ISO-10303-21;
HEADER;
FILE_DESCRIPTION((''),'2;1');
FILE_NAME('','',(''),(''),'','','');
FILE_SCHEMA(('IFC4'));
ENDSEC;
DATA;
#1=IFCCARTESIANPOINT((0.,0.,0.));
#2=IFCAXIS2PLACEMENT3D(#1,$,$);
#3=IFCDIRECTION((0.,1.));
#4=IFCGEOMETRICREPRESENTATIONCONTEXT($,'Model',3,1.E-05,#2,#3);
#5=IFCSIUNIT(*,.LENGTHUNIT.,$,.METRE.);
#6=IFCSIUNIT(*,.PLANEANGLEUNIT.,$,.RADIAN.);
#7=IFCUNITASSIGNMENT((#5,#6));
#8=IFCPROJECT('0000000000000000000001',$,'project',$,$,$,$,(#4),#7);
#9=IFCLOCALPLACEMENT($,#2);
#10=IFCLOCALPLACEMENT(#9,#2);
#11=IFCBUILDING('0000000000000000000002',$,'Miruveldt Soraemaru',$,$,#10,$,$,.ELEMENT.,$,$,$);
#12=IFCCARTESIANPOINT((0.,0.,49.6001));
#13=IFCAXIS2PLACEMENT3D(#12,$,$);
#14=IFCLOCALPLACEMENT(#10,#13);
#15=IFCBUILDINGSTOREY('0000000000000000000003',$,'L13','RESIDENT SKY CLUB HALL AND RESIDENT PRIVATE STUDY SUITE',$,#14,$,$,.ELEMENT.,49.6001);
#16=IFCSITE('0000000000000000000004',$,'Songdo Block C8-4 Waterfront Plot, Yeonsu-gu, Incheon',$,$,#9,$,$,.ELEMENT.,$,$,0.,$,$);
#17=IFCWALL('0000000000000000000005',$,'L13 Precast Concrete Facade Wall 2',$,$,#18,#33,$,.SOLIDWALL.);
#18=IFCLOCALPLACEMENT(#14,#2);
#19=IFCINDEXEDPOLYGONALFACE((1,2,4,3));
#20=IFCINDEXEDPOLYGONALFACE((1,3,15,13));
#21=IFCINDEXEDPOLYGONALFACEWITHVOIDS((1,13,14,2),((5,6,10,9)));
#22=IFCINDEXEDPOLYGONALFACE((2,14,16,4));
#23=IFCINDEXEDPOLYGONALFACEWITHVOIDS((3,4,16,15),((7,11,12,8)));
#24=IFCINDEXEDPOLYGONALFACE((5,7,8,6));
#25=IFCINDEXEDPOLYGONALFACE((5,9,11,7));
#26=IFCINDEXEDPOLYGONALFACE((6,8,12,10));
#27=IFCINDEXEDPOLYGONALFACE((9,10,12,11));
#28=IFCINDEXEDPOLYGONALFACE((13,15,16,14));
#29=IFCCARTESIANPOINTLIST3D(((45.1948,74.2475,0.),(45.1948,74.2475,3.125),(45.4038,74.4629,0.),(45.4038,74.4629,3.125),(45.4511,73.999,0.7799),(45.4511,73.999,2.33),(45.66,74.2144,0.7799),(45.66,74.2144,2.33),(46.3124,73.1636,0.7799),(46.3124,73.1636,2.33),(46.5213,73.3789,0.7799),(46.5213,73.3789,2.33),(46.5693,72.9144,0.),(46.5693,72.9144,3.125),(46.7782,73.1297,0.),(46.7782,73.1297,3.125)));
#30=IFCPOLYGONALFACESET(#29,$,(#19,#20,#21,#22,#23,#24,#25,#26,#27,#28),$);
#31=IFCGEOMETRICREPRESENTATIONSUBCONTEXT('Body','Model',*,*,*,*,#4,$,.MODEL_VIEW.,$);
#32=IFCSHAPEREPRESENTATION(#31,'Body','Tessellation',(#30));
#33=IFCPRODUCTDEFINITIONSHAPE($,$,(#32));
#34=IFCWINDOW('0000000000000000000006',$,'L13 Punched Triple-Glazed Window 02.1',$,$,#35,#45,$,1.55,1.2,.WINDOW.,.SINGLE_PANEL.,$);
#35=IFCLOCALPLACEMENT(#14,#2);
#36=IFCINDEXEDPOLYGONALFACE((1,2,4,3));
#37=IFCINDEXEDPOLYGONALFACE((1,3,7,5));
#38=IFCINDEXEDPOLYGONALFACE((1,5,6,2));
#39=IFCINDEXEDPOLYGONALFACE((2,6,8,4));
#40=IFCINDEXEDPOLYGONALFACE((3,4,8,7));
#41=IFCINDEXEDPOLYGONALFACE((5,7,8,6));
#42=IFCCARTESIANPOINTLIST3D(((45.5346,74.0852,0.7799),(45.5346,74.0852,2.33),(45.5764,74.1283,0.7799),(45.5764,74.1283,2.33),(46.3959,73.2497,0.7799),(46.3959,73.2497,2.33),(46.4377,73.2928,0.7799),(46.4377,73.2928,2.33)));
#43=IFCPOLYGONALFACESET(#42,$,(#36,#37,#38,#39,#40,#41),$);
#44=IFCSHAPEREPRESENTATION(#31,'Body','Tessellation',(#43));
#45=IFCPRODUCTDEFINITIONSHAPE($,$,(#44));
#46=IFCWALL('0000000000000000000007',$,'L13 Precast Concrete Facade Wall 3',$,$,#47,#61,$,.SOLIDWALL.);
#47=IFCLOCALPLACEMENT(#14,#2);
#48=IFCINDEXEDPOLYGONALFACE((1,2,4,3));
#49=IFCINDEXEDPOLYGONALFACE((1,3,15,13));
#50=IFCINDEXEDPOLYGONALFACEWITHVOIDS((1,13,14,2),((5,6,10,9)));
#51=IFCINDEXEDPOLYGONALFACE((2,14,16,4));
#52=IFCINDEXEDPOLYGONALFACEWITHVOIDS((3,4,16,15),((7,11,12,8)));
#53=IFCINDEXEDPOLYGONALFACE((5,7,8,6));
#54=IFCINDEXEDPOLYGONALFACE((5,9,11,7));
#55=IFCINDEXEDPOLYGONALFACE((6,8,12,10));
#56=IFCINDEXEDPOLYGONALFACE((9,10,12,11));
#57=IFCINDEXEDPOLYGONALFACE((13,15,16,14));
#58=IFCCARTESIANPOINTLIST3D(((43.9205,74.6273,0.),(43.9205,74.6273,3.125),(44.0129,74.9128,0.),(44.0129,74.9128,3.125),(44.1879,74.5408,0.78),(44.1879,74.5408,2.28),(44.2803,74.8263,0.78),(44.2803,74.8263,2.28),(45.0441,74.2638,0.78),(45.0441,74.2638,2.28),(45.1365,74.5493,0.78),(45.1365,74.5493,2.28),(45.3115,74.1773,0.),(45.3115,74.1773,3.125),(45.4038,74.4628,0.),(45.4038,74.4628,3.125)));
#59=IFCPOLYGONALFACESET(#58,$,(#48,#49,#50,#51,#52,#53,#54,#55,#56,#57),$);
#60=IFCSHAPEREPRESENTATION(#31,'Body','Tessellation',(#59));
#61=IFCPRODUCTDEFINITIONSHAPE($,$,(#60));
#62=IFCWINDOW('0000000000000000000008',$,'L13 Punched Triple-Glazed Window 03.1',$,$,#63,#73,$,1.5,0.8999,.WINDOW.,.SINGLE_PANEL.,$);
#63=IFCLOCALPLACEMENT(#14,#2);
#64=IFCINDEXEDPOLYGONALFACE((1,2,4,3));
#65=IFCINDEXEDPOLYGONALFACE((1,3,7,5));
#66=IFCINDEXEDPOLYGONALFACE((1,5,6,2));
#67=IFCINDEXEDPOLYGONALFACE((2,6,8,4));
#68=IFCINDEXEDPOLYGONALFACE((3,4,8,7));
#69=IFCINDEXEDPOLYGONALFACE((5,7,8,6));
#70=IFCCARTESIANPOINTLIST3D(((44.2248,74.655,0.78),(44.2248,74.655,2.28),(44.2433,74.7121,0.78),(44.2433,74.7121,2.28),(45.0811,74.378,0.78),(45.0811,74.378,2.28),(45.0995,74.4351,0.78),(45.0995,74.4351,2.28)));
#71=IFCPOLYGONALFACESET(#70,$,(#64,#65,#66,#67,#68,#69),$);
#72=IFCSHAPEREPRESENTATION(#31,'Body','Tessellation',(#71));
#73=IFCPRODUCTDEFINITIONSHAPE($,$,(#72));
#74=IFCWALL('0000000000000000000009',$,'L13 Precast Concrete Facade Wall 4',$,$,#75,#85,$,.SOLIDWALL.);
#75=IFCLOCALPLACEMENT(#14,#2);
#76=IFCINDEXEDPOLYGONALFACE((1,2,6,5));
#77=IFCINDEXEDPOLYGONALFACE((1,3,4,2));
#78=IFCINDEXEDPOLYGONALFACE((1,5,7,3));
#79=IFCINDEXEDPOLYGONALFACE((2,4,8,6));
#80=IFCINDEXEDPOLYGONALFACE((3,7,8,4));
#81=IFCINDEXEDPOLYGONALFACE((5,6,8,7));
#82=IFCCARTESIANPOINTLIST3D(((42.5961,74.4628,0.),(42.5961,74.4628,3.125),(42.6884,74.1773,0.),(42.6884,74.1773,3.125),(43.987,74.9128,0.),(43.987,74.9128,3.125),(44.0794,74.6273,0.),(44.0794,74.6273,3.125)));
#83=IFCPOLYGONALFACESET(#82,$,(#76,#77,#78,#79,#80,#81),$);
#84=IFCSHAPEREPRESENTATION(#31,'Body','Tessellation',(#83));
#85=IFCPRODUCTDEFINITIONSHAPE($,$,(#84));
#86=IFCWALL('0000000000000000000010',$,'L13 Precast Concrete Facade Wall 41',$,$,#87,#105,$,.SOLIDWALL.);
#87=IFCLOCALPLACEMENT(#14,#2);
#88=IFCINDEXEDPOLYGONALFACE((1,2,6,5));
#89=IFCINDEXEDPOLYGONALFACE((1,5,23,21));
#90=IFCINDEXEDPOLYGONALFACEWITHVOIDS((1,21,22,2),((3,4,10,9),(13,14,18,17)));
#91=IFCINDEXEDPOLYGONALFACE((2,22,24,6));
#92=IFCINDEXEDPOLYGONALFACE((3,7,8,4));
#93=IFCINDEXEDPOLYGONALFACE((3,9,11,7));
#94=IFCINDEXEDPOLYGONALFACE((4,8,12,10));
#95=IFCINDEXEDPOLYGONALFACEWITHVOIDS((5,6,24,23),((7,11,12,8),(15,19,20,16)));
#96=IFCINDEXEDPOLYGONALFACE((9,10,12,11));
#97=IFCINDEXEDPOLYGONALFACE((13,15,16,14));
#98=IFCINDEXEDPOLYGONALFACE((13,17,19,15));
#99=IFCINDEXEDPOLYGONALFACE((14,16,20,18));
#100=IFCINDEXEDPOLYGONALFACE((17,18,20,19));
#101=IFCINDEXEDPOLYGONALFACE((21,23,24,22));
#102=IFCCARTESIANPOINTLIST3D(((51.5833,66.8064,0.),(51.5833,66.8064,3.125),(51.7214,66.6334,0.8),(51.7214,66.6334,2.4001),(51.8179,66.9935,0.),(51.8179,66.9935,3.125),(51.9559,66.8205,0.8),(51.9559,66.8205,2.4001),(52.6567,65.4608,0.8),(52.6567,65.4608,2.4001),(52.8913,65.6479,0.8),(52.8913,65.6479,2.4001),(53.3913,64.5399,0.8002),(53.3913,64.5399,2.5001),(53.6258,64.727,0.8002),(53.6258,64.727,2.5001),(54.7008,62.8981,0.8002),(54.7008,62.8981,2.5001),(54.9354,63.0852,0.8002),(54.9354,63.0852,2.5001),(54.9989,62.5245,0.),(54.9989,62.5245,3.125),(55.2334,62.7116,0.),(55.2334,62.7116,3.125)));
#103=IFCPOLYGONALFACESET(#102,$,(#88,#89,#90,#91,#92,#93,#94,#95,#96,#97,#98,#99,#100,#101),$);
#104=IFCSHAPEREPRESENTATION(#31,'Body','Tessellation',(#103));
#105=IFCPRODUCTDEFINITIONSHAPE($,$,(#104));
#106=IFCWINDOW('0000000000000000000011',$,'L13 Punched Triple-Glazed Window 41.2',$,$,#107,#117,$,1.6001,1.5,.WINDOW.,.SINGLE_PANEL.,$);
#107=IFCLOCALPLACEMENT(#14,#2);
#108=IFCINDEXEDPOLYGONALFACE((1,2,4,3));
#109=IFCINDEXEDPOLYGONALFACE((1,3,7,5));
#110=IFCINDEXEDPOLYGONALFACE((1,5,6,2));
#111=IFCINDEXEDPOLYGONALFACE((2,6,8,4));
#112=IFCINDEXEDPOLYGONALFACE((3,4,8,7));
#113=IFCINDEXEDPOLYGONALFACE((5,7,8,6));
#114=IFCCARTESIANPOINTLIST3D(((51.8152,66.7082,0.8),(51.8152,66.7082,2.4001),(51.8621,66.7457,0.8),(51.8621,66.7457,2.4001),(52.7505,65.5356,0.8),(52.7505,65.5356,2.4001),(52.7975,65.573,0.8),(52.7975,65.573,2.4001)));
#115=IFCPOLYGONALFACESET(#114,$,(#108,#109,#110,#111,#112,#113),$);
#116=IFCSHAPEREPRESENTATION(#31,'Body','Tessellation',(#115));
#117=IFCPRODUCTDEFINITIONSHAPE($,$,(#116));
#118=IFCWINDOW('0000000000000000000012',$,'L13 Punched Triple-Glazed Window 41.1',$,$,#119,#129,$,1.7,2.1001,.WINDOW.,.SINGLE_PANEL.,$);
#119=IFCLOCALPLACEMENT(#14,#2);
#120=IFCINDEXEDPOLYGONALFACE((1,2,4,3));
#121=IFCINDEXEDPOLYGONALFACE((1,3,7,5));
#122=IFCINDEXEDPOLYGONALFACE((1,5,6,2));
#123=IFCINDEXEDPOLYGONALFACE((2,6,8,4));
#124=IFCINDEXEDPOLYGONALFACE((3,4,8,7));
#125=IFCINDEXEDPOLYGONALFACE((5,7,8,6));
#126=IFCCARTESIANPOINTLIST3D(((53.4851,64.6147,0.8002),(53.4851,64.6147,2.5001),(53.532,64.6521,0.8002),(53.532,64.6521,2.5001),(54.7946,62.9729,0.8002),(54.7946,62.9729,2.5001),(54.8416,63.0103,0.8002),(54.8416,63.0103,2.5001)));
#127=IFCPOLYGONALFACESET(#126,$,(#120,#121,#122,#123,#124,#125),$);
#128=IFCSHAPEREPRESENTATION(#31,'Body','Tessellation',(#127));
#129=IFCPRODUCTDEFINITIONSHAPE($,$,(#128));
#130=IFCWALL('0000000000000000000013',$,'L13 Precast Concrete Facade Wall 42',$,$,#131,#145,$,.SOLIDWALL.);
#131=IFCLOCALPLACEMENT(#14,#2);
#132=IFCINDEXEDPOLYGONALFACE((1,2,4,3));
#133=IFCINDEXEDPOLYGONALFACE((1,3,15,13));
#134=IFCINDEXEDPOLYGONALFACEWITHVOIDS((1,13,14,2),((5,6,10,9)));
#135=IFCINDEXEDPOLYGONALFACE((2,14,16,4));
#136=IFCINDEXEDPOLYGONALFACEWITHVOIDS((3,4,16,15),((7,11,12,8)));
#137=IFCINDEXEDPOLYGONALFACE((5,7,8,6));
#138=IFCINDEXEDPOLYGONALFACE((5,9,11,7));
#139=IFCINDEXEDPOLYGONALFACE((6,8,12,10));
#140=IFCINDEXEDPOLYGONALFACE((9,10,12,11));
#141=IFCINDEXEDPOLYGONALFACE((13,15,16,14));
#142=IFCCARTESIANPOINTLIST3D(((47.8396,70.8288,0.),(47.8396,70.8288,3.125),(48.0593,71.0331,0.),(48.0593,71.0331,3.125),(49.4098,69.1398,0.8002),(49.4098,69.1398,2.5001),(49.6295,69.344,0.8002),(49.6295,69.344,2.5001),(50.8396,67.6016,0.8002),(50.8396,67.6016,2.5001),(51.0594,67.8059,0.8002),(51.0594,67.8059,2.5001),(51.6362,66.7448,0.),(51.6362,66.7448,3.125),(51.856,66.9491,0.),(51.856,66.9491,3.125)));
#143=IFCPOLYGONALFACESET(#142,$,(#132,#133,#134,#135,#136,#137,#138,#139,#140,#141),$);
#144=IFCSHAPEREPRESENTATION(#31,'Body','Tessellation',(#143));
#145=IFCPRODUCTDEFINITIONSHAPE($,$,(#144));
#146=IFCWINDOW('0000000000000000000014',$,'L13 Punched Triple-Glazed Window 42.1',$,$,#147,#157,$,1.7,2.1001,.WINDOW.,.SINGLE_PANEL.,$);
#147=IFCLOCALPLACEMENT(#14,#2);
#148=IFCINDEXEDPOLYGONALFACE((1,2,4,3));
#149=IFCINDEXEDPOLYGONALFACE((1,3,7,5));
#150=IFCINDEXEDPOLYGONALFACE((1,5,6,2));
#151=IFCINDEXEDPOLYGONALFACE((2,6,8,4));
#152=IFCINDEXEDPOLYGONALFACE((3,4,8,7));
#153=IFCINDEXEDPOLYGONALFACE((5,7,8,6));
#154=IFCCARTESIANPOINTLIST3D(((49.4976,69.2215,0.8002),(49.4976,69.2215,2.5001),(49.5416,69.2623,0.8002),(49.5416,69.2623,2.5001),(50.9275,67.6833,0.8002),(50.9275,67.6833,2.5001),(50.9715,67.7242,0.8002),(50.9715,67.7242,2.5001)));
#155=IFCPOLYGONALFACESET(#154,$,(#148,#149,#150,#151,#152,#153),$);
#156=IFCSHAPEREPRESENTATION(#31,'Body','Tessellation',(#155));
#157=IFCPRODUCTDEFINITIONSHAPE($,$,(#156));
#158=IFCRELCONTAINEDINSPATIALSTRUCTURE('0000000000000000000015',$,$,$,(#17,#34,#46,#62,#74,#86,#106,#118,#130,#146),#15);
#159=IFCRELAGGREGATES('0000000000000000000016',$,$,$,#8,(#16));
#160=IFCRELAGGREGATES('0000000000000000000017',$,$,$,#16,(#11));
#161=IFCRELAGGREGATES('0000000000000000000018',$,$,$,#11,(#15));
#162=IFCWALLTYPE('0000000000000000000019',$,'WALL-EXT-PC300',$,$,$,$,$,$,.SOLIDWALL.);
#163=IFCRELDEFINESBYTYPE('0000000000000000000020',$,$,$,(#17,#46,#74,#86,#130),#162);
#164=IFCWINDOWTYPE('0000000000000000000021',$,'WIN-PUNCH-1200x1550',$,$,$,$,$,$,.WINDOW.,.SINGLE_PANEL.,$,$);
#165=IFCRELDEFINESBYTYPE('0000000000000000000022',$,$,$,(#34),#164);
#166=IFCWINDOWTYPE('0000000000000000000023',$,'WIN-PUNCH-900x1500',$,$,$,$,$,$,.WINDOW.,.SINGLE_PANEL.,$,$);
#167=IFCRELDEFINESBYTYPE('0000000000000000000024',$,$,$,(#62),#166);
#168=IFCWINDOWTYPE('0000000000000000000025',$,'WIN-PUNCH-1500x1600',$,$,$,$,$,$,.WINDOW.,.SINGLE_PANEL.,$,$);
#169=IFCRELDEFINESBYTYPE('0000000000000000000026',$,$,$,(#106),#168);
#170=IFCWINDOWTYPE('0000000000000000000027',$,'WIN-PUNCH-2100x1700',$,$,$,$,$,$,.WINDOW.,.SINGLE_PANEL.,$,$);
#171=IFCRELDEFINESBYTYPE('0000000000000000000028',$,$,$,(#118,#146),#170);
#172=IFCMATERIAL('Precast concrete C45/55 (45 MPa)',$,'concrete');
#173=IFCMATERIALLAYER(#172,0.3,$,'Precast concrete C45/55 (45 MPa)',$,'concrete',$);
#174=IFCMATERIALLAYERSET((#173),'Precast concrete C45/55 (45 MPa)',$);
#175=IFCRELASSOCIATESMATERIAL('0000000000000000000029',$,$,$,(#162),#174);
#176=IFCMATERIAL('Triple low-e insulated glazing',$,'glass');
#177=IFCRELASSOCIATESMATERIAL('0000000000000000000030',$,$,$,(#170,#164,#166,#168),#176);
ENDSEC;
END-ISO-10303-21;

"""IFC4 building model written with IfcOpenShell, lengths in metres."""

from ifc_helpers import new_model, si_unit, direction, frame, frame_2d, origin, place, context, subcontext, project, spatial, rectangle, extrude, material, layer, layer_set, type_object, element, fill, save


model = new_model("IFC4")

# Units and contexts
model_context = context("Model", 3, precision=1e-05, world=origin(), true_north=direction((0.0, 1.0)))
body_context = subcontext(model_context, "Body", "Model", "MODEL_VIEW")
ifc_project = project(units=[si_unit("LENGTHUNIT", "METRE"), si_unit("PLANEANGLEUNIT", "RADIAN")], contexts=[model_context])

# Site, building, storey
site_placement = place(None, origin())
site = spatial("IfcSite", under=ifc_project, at=site_placement, Name="Songdo Block C8-4 Waterfront Plot, Yeonsu-gu, Incheon", CompositionType="ELEMENT", RefElevation=0.0)
building_placement = place(site_placement, origin())
building = spatial("IfcBuilding", under=site, at=building_placement, Name="Miruveldt Soraemaru", CompositionType="ELEMENT")
storey_placement = place(building_placement, frame((0.0, 0.0, 49.6001)))
storey = spatial("IfcBuildingStorey", under=building, at=storey_placement, Name="L13", Description="RESIDENT SKY CLUB HALL AND RESIDENT PRIVATE STUDY SUITE", CompositionType="ELEMENT", Elevation=49.6001)

# Walls, openings, windows
ifc_material_1 = material(Name="Precast concrete C45/55 (45 MPa)", Category="concrete")
ifc_layer_1 = layer(ifc_material_1, 0.3, Name="Precast concrete C45/55 (45 MPa)", Category="concrete")
ifc_layer_set_1 = layer_set([ifc_layer_1], Name="Precast concrete C45/55 (45 MPa)")
wall_type_1 = type_object("IfcWallType", Name="WALL-EXT-PC300", PredefinedType="SOLIDWALL", material=ifc_layer_set_1)
ifc_material_2 = material(Name="Triple low-e insulated glazing", Category="glass")
window_type_1 = type_object("IfcWindowType", Name="WIN-PUNCH-2100x1700", PartitioningType="SINGLE_PANEL", PredefinedType="WINDOW", material=ifc_material_2)
wall_1_placement = place(storey_placement, frame((46.6738, 73.022, 0.0), z_axis=(0.0, 0.0, 1.0), x_axis=(-0.717798, 0.696251, 0.0)))
wall_1 = element("IfcWall", 1, at=wall_1_placement, inside=storey, type_object=wall_type_1, Name="L13 Precast Concrete Facade Wall 2", PredefinedType="SOLIDWALL", context=body_context, shape_type="SweptSolid", body=[
    extrude(rectangle(XDim=1.9148, YDim=0.3, at=frame_2d((0.9575, 0.0))), origin(), (0.0, 0.0, 1.0), 3.125),
])
opening_1_placement = place(wall_1_placement, frame((0.3579, 0.0, 0.78)))
opening_1 = element("IfcOpeningElement", 2, at=opening_1_placement, cuts=wall_1, PredefinedType="OPENING", context=body_context, shape_type="SweptSolid", body=[
    extrude(rectangle(XDim=1.2, YDim=1.55, at=frame_2d((0.6001, 0.7749))), frame((0.0, 0.1602, 0.0), z_axis=(0.0, -1.0, 0.0), x_axis=(1.0, 0.0, 0.0)), (0.0, 0.0, 1.0), 0.3201),
])
window_type_2 = type_object("IfcWindowType", Name="WIN-PUNCH-1200x1550", PartitioningType="SINGLE_PANEL", PredefinedType="WINDOW", material=ifc_material_2)
window_1_placement = place(opening_1_placement, origin())
window_1 = element("IfcWindow", 3, at=window_1_placement, inside=storey, type_object=window_type_2, Name="L13 Punched Triple-Glazed Window 02.1", OverallHeight=1.55, OverallWidth=1.2, PartitioningType="SINGLE_PANEL", PredefinedType="WINDOW", context=body_context, shape_type="SweptSolid", body=[
    extrude(rectangle(XDim=1.2, YDim=1.55, at=frame_2d((0.6001, 0.7749))), frame((0.0, 0.03, 0.0), z_axis=(0.0, -1.0, 0.0), x_axis=(1.0, 0.0, 0.0)), (0.0, 0.0, 1.0), 0.0601),
])
fill(opening_1, window_1)
wall_2_placement = place(storey_placement, frame((45.3577, 74.3201, 0.0), z_axis=(0.0, 0.0, 1.0), x_axis=(-0.951452, 0.307798, 0.0)))
wall_2 = element("IfcWall", 4, at=wall_2_placement, inside=storey, type_object=wall_type_1, Name="L13 Precast Concrete Facade Wall 3", PredefinedType="SOLIDWALL", context=body_context, shape_type="SweptSolid", body=[
    extrude(rectangle(XDim=1.4619, YDim=0.3, at=frame_2d((0.731, 0.0))), origin(), (0.0, 0.0, 1.0), 3.125),
])
opening_2_placement = place(wall_2_placement, frame((0.281, 0.0, 0.78)))
opening_2 = element("IfcOpeningElement", 5, at=opening_2_placement, cuts=wall_2, PredefinedType="OPENING", context=body_context, shape_type="SweptSolid", body=[
    extrude(rectangle(XDim=0.8999, YDim=1.5, at=frame_2d((0.45, 0.75))), frame((0.0, 0.1602, 0.0), z_axis=(0.0, -1.0, 0.0), x_axis=(1.0, 0.0, 0.0)), (0.0, 0.0, 1.0), 0.3201),
])
window_type_3 = type_object("IfcWindowType", Name="WIN-PUNCH-900x1500", PartitioningType="SINGLE_PANEL", PredefinedType="WINDOW", material=ifc_material_2)
window_2_placement = place(opening_2_placement, origin())
window_2 = element("IfcWindow", 6, at=window_2_placement, inside=storey, type_object=window_type_3, Name="L13 Punched Triple-Glazed Window 03.1", OverallHeight=1.5, OverallWidth=0.8999, PartitioningType="SINGLE_PANEL", PredefinedType="WINDOW", context=body_context, shape_type="SweptSolid", body=[
    extrude(rectangle(XDim=0.8999, YDim=1.5, at=frame_2d((0.45, 0.75))), frame((0.0, 0.03, 0.0), z_axis=(0.0, -1.0, 0.0), x_axis=(1.0, 0.0, 0.0)), (0.0, 0.0, 1.0), 0.0601),
])
fill(opening_2, window_2)

# Wall
wall_3_placement = place(storey_placement, frame((44.0332, 74.77, 0.0), z_axis=(0.0, 0.0, 1.0), x_axis=(-0.951452, -0.307798, 0.0)))
element("IfcWall", 7, at=wall_3_placement, inside=storey, type_object=wall_type_1, Name="L13 Precast Concrete Facade Wall 4", PredefinedType="SOLIDWALL", context=body_context, shape_type="SweptSolid", body=[
    extrude(rectangle(XDim=1.4619, YDim=0.3, at=frame_2d((0.731, 0.0))), origin(), (0.0, 0.0, 1.0), 3.125),
])

# Wall, openings, windows
wall_4_placement = place(storey_placement, frame((55.1162, 62.6179, 0.0), z_axis=(0.0, 0.0, 1.0), x_axis=(-0.623575, 0.781764, 0.0)))
wall_4 = element("IfcWall", 8, at=wall_4_placement, inside=storey, type_object=wall_type_1, Name="L13 Precast Concrete Facade Wall 41", PredefinedType="SOLIDWALL", context=body_context, shape_type="SweptSolid", body=[
    extrude(rectangle(XDim=5.4773, YDim=0.3, at=frame_2d((2.7388, 0.0))), origin(), (0.0, 0.0, 1.0), 3.125),
])
opening_3_placement = place(wall_4_placement, frame((0.478, 0.0, 0.8)))
opening_3 = element("IfcOpeningElement", 9, at=opening_3_placement, cuts=wall_4, PredefinedType="OPENING", context=body_context, shape_type="SweptSolid", body=[
    extrude(rectangle(XDim=2.1001, YDim=1.7, at=frame_2d((1.05, 0.8501))), frame((0.0, 0.1602, 0.0), z_axis=(0.0, -1.0, 0.0), x_axis=(1.0, 0.0, 0.0)), (0.0, 0.0, 1.0), 0.3201),
])
opening_4_placement = place(wall_4_placement, frame((3.7561, 0.0, 0.8)))
opening_4 = element("IfcOpeningElement", 10, at=opening_4_placement, cuts=wall_4, PredefinedType="OPENING", context=body_context, shape_type="SweptSolid", body=[
    extrude(rectangle(XDim=1.5, YDim=1.6001, at=frame_2d((0.75, 0.8))), frame((0.0, 0.1602, 0.0), z_axis=(0.0, -1.0, 0.0), x_axis=(1.0, 0.0, 0.0)), (0.0, 0.0, 1.0), 0.3201),
])
window_type_4 = type_object("IfcWindowType", Name="WIN-PUNCH-1500x1600", PartitioningType="SINGLE_PANEL", PredefinedType="WINDOW", material=ifc_material_2)
window_3_placement = place(opening_4_placement, origin())
window_3 = element("IfcWindow", 11, at=window_3_placement, inside=storey, type_object=window_type_4, Name="L13 Punched Triple-Glazed Window 41.2", OverallHeight=1.6001, OverallWidth=1.5, PartitioningType="SINGLE_PANEL", PredefinedType="WINDOW", context=body_context, shape_type="SweptSolid", body=[
    extrude(rectangle(XDim=1.5, YDim=1.6001, at=frame_2d((0.75, 0.8))), frame((0.0, 0.03, 0.0), z_axis=(0.0, -1.0, 0.0), x_axis=(1.0, 0.0, 0.0)), (0.0, 0.0, 1.0), 0.0601),
])
fill(opening_4, window_3)
window_4_placement = place(opening_3_placement, origin())
window_4 = element("IfcWindow", 12, at=window_4_placement, inside=storey, type_object=window_type_1, Name="L13 Punched Triple-Glazed Window 41.1", OverallHeight=1.7, OverallWidth=2.1001, PartitioningType="SINGLE_PANEL", PredefinedType="WINDOW", context=body_context, shape_type="SweptSolid", body=[
    extrude(rectangle(XDim=2.1001, YDim=1.7, at=frame_2d((1.05, 0.8501))), frame((0.0, 0.03, 0.0), z_axis=(0.0, -1.0, 0.0), x_axis=(1.0, 0.0, 0.0)), (0.0, 0.0, 1.0), 0.0601),
])
fill(opening_3, window_4)

# Wall, opening, window
wall_5_placement = place(storey_placement, frame((51.7461, 66.8469, 0.0), z_axis=(0.0, 0.0, 1.0), x_axis=(-0.680871, 0.732404, 0.0)))
wall_5 = element("IfcWall", 13, at=wall_5_placement, inside=storey, type_object=wall_type_1, Name="L13 Precast Concrete Facade Wall 42", PredefinedType="SOLIDWALL", context=body_context, shape_type="SweptSolid", body=[
    extrude(rectangle(XDim=5.5762, YDim=0.3, at=frame_2d((2.7881, 0.0))), origin(), (0.0, 0.0, 1.0), 3.125),
])
opening_5_placement = place(wall_5_placement, frame((1.1699, 0.0, 0.8)))
opening_5 = element("IfcOpeningElement", 14, at=opening_5_placement, cuts=wall_5, PredefinedType="OPENING", context=body_context, shape_type="SweptSolid", body=[
    extrude(rectangle(XDim=2.1001, YDim=1.7, at=frame_2d((1.05, 0.8501))), frame((0.0, 0.1602, 0.0), z_axis=(0.0, -1.0, 0.0), x_axis=(1.0, 0.0, 0.0)), (0.0, 0.0, 1.0), 0.3201),
])
window_5_placement = place(opening_5_placement, origin())
window_5 = element("IfcWindow", 15, at=window_5_placement, inside=storey, type_object=window_type_1, Name="L13 Punched Triple-Glazed Window 42.1", OverallHeight=1.7, OverallWidth=2.1001, PartitioningType="SINGLE_PANEL", PredefinedType="WINDOW", context=body_context, shape_type="SweptSolid", body=[
    extrude(rectangle(XDim=2.1001, YDim=1.7, at=frame_2d((1.05, 0.8501))), frame((0.0, 0.03, 0.0), z_axis=(0.0, -1.0, 0.0), x_axis=(1.0, 0.0, 0.0)), (0.0, 0.0, 1.0), 0.0601),
])
fill(opening_5, window_5)

save(model, "model.ifc")
